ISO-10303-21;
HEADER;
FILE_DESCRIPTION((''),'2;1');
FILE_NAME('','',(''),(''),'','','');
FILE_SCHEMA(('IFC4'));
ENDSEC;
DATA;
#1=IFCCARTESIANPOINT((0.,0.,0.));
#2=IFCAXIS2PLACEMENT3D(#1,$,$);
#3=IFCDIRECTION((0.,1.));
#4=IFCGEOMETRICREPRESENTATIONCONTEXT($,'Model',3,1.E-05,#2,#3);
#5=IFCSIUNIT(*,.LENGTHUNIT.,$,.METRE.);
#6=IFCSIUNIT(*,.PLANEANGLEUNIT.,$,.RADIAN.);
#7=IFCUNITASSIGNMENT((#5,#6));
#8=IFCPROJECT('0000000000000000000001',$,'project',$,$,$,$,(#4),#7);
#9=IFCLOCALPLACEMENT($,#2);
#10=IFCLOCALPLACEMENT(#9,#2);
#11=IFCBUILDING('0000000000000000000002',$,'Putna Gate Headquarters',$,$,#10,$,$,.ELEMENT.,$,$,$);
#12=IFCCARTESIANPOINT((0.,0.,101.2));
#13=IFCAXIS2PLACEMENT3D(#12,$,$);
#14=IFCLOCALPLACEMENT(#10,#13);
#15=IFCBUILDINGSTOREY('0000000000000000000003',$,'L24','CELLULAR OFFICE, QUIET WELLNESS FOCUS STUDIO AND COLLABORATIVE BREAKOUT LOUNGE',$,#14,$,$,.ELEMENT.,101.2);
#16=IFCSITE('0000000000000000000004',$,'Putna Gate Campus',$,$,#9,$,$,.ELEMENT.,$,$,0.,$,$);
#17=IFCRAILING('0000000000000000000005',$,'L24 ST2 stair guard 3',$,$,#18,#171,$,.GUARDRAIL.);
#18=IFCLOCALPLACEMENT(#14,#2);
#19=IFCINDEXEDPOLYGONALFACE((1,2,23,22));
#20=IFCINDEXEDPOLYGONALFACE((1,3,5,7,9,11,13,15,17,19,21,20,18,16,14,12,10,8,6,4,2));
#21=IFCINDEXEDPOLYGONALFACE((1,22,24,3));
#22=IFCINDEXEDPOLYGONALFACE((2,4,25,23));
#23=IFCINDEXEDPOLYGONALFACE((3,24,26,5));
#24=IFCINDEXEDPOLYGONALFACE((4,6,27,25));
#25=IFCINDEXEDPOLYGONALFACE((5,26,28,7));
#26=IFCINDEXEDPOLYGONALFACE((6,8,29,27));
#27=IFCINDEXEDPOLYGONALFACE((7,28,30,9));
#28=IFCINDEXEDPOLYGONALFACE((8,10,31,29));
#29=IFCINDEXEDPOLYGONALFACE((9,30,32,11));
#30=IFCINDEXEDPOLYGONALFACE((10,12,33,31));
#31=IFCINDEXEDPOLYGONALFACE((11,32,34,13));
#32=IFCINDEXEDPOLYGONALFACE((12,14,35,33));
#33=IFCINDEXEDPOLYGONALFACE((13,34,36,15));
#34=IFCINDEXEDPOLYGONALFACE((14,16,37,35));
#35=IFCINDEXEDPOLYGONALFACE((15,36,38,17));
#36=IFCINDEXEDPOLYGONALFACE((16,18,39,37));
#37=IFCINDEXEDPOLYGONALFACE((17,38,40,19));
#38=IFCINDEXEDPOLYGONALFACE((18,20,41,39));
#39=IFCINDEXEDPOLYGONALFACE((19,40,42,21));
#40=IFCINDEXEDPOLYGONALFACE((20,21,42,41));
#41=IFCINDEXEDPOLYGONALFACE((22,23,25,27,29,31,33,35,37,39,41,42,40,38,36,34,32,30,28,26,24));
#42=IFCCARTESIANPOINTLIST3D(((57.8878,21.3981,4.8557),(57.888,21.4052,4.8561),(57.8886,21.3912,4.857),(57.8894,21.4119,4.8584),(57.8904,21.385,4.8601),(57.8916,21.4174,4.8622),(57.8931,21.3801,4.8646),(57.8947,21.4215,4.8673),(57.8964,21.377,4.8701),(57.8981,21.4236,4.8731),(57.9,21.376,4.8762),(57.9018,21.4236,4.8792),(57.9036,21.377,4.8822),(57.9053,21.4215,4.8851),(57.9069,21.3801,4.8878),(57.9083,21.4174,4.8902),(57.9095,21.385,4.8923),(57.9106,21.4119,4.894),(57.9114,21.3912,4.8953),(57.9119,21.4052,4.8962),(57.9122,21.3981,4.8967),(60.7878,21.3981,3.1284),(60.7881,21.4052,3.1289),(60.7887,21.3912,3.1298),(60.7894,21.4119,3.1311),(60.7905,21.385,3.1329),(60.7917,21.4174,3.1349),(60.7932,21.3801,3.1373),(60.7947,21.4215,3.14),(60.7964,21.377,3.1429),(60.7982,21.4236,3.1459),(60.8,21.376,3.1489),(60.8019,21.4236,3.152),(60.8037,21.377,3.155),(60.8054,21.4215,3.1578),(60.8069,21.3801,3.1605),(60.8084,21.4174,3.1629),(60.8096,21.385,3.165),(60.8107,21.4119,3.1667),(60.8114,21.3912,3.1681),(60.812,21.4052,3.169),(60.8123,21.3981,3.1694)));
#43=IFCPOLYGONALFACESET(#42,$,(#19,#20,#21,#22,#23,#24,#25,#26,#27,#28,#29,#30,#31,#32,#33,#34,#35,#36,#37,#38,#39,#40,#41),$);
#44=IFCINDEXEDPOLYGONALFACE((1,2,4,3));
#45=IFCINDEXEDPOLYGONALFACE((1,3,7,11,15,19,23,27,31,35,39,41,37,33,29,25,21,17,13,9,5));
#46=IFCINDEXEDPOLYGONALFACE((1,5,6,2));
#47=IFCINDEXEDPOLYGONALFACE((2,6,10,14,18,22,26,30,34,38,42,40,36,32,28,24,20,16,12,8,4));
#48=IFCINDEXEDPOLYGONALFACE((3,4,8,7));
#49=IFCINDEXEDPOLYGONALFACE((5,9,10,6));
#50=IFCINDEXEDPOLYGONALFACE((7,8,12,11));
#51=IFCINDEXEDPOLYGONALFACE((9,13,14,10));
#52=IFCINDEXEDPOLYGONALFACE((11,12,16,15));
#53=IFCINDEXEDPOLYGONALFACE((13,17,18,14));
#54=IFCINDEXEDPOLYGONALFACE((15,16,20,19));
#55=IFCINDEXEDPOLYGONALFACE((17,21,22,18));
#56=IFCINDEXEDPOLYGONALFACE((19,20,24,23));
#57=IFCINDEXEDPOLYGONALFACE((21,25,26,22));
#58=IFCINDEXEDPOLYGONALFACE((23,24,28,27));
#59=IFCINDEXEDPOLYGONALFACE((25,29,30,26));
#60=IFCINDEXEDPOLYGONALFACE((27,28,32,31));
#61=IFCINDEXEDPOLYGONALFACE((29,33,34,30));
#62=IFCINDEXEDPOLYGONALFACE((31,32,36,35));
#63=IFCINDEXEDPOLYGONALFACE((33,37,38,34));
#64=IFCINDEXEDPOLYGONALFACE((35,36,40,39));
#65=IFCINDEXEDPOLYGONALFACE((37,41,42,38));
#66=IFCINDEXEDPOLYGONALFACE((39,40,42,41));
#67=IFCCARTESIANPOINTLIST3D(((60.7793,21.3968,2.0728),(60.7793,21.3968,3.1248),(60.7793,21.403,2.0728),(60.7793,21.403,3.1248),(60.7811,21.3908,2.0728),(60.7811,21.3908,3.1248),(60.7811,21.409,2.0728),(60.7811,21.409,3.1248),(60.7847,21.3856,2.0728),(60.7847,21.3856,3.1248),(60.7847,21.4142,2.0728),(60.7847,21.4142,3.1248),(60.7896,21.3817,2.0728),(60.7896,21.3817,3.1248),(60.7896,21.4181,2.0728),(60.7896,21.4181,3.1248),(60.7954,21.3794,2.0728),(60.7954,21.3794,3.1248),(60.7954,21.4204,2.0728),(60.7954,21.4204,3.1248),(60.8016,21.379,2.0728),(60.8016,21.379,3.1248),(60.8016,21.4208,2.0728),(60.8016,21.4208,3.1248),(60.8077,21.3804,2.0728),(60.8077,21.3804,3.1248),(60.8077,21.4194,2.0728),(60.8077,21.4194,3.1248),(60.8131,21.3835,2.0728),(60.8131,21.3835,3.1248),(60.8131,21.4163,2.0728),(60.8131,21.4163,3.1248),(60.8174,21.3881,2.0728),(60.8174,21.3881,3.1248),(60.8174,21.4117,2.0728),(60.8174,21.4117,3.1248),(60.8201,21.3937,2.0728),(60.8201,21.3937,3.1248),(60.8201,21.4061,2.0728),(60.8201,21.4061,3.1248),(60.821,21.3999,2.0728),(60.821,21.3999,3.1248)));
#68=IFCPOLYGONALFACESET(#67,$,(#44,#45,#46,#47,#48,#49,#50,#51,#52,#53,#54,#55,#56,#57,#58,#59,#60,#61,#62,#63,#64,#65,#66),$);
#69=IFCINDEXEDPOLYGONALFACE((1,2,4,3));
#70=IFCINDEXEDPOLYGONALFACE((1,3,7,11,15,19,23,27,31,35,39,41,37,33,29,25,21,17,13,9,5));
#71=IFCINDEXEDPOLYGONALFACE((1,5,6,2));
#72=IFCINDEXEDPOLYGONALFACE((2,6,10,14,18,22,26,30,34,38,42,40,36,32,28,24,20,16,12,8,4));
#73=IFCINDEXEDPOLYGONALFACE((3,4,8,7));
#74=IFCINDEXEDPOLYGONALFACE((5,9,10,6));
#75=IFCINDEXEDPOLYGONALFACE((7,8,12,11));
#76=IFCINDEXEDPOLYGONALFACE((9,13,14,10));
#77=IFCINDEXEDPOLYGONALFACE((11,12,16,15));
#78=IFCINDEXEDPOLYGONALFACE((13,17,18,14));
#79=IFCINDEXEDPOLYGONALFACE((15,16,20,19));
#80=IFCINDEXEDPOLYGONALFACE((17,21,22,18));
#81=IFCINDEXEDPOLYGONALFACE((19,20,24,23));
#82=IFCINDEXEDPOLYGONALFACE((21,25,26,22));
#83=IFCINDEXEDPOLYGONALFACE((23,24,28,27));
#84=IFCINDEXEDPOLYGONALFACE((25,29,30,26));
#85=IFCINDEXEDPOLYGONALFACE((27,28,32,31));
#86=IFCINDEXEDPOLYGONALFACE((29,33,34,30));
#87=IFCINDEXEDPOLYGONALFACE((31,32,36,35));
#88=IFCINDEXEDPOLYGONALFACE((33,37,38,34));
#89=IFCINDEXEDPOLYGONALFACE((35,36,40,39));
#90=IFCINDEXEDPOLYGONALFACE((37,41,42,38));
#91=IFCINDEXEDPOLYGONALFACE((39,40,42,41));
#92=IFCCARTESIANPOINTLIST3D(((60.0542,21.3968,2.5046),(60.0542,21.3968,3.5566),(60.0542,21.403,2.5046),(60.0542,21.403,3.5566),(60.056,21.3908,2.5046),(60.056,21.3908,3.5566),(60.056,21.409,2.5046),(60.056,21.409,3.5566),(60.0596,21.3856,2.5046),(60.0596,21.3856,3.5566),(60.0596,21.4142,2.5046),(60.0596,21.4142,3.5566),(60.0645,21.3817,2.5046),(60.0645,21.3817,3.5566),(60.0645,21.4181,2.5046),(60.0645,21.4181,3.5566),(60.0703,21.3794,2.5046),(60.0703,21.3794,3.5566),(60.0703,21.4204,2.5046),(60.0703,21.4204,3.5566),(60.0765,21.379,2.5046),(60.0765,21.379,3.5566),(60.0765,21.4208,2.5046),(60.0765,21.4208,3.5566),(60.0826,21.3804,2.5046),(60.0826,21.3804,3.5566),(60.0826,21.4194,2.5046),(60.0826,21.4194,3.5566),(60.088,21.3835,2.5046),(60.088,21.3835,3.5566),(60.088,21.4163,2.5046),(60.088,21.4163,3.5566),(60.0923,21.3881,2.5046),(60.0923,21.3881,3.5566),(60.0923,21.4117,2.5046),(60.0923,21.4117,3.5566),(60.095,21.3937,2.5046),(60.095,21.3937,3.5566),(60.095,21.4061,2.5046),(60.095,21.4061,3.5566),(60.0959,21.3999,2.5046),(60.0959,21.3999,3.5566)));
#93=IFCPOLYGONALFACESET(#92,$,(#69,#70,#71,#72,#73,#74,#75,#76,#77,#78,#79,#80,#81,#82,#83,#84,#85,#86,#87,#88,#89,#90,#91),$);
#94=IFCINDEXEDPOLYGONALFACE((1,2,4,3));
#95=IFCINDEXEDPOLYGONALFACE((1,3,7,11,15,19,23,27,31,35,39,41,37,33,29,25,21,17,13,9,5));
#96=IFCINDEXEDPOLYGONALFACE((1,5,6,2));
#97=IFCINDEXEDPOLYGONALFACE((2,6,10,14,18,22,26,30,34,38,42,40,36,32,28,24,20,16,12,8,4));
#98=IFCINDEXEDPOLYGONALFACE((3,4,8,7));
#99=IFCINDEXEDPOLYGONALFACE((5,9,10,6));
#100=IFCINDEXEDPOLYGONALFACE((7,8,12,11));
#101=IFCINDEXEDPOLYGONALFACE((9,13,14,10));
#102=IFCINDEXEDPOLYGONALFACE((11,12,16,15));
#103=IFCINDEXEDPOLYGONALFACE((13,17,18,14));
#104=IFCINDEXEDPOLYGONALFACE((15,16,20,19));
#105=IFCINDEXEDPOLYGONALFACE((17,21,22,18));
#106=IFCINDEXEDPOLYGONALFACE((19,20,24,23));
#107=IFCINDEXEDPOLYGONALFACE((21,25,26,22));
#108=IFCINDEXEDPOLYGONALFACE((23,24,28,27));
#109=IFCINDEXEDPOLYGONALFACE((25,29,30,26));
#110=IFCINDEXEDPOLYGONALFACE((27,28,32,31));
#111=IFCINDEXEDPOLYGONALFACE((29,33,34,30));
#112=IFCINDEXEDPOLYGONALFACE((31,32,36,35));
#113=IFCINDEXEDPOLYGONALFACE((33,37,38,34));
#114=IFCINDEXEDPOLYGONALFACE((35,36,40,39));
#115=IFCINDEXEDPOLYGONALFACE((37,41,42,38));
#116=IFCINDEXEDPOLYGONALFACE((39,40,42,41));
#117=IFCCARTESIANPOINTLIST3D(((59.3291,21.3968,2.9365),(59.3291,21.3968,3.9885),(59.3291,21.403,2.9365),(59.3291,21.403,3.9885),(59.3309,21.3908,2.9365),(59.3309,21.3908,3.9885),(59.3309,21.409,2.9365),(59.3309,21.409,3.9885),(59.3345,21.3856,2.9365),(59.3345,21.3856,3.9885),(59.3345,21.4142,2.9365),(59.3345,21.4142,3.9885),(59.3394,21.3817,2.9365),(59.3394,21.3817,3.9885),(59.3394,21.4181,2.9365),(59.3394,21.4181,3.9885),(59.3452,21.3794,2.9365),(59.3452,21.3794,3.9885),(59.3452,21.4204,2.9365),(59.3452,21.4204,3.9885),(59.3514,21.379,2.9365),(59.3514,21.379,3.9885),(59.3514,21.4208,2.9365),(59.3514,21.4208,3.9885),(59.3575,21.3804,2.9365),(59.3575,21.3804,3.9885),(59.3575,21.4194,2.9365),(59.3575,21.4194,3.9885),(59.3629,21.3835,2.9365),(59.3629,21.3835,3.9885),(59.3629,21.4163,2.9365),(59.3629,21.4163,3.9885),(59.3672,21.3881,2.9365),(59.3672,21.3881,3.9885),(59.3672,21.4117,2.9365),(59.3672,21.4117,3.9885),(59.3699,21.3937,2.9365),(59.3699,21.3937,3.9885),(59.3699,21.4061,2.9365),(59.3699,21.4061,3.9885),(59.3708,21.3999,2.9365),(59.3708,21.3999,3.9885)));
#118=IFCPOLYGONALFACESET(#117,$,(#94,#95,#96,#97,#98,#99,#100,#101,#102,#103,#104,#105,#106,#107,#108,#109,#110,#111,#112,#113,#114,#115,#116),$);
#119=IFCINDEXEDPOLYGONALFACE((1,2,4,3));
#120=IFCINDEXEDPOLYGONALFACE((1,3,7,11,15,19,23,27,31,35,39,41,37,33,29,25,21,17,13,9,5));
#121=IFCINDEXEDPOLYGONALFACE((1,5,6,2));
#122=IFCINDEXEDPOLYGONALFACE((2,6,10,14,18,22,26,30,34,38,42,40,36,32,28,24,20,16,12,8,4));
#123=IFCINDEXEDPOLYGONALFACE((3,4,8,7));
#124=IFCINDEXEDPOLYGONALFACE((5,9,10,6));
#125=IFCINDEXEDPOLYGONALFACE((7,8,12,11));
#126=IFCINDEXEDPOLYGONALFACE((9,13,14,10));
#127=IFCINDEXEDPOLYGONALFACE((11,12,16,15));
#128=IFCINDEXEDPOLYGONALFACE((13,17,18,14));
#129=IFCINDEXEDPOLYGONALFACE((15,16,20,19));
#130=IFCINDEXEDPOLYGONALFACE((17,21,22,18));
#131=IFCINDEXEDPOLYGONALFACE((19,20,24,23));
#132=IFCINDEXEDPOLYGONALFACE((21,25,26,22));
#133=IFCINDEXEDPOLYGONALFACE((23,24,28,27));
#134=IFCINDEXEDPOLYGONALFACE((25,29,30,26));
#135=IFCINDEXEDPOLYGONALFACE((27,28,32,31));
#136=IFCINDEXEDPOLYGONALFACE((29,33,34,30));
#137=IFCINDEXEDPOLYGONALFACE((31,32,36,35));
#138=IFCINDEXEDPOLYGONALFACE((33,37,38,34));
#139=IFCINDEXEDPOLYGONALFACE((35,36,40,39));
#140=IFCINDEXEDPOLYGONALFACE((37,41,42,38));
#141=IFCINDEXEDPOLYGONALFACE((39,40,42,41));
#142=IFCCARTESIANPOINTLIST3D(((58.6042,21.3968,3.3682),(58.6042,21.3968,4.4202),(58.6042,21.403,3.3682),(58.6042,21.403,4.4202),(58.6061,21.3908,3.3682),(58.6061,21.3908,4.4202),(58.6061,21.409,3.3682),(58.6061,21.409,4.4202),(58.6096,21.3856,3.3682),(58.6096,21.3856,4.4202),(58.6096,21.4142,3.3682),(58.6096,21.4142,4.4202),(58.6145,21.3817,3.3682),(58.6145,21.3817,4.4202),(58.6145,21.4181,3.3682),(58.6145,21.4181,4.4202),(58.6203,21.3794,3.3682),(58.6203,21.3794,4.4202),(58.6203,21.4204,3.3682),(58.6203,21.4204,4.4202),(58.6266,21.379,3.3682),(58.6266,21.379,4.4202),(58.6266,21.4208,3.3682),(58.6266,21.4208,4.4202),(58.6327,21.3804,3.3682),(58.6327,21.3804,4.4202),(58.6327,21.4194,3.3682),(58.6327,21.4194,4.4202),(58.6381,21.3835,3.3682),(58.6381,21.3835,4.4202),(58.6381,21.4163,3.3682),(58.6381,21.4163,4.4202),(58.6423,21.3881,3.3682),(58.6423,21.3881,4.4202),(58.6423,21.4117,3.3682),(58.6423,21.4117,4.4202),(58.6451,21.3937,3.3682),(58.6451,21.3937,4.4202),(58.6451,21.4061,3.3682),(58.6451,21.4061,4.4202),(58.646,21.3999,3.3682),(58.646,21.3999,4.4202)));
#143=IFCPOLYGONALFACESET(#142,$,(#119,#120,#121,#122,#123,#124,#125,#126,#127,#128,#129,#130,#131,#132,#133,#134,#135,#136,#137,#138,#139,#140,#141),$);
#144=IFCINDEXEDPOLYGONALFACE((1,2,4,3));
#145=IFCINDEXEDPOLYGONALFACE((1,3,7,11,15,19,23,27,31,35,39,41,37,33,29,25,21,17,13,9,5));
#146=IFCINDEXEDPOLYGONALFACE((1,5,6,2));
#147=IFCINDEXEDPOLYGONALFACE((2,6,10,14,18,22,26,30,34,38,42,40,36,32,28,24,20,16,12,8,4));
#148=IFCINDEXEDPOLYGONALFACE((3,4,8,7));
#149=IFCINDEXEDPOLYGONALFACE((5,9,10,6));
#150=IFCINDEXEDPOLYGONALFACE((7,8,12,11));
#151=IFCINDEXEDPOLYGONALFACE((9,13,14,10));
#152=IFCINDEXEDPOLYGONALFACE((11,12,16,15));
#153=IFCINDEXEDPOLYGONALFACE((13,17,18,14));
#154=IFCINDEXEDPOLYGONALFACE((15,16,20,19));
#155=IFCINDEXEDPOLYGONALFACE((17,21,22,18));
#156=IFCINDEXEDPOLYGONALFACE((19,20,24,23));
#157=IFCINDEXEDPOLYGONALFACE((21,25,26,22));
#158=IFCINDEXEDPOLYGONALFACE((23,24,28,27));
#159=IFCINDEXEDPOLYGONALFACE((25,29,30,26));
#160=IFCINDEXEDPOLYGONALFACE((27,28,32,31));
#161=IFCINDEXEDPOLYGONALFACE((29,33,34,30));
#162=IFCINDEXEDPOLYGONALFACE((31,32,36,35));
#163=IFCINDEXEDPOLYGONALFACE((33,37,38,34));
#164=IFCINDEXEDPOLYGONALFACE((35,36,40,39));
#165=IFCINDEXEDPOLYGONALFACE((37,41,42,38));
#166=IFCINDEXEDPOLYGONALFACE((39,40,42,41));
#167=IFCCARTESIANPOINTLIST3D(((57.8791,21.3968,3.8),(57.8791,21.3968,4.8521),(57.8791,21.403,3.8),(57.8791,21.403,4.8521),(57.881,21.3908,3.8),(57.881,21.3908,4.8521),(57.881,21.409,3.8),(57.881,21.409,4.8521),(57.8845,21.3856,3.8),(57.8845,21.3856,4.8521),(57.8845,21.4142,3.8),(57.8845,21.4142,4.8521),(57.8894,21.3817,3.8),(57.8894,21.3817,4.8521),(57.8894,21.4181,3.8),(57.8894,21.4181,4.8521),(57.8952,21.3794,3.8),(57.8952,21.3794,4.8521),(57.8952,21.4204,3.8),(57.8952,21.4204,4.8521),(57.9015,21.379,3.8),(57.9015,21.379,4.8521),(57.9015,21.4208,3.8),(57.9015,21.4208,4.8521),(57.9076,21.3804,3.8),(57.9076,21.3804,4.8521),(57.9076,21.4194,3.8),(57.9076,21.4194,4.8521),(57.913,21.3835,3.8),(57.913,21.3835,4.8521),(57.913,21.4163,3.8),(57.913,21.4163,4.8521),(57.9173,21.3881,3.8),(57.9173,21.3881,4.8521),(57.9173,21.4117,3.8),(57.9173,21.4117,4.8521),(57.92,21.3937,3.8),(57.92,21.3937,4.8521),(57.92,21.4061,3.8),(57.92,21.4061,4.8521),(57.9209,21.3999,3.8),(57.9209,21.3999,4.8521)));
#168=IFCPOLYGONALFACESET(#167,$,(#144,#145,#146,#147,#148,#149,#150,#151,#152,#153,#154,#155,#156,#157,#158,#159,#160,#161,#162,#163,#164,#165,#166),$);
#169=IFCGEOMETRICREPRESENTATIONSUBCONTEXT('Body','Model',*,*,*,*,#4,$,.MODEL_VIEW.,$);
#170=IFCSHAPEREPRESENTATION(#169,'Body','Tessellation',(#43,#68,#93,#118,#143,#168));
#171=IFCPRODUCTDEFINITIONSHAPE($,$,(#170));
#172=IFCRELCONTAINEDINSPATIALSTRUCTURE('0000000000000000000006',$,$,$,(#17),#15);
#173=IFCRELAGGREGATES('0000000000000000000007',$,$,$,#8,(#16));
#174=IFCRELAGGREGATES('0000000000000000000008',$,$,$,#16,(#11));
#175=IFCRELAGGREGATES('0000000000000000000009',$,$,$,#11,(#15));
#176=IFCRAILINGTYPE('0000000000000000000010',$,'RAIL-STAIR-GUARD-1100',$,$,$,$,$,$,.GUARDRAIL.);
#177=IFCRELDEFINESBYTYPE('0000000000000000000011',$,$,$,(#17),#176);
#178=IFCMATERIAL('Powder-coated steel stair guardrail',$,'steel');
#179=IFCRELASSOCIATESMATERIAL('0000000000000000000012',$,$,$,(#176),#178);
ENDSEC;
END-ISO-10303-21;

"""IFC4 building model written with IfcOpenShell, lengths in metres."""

from ifc_helpers import new_model, si_unit, direction, frame, origin, origin_2d, place, context, subcontext, project, spatial, circle, extrude, material, type_object, element, save


model = new_model("IFC4")

# Units and contexts
model_context = context("Model", 3, precision=1e-05, world=origin(), true_north=direction((0.0, 1.0)))
body_context = subcontext(model_context, "Body", "Model", "MODEL_VIEW")
ifc_project = project(units=[si_unit("LENGTHUNIT", "METRE"), si_unit("PLANEANGLEUNIT", "RADIAN")], contexts=[model_context])

# Site, building, storey
site_placement = place(None, origin())
site = spatial("IfcSite", under=ifc_project, at=site_placement, Name="Putna Gate Campus", CompositionType="ELEMENT", RefElevation=0.0)
building_placement = place(site_placement, origin())
building = spatial("IfcBuilding", under=site, at=building_placement, Name="Putna Gate Headquarters", CompositionType="ELEMENT")
storey_placement = place(building_placement, frame((0.0, 0.0, 101.2)))
storey = spatial("IfcBuildingStorey", under=building, at=storey_placement, Name="L24", Description="CELLULAR OFFICE, QUIET WELLNESS FOCUS STUDIO AND COLLABORATIVE BREAKOUT LOUNGE", CompositionType="ELEMENT", Elevation=101.2)

# Railing
ifc_material_1 = material(Name="Powder-coated steel stair guardrail", Category="steel")
railing_type_1 = type_object("IfcRailingType", Name="RAIL-STAIR-GUARD-1100", PredefinedType="GUARDRAIL", material=ifc_material_1)
railing_1_placement = place(storey_placement, frame((60.8, 21.3999, 2.0728)))
element("IfcRailing", 1, at=railing_1_placement, inside=storey, type_object=railing_type_1, Name="L24 ST2 stair guard 3", PredefinedType="GUARDRAIL", context=body_context, shape_type="SweptSolid", body=[
    extrude(circle(Radius=0.0239, at=origin_2d()), frame((0.0, 0.0, 1.0762), z_axis=(-0.85916, 0.0, 0.511706), x_axis=(0.0, -1.0, 0.0)), (0.0, 0.0, 1.0), 3.3755),
    extrude(circle(Radius=0.021, at=origin_2d()), origin(), (0.0, 0.0, 1.0), 1.052),
    extrude(circle(Radius=0.021, at=origin_2d()), frame((-0.7251, 0.0, 0.4319)), (0.0, 0.0, 1.0), 1.052),
    extrude(circle(Radius=0.021, at=origin_2d()), frame((-1.4502, 0.0, 0.8638)), (0.0, 0.0, 1.0), 1.052),
    extrude(circle(Radius=0.021, at=origin_2d()), frame((-2.175, 0.0, 1.2954)), (0.0, 0.0, 1.0), 1.052),
    extrude(circle(Radius=0.021, at=origin_2d()), frame((-2.9001, 0.0, 1.7273)), (0.0, 0.0, 1.0), 1.052),
])

save(model, "model.ifc")
